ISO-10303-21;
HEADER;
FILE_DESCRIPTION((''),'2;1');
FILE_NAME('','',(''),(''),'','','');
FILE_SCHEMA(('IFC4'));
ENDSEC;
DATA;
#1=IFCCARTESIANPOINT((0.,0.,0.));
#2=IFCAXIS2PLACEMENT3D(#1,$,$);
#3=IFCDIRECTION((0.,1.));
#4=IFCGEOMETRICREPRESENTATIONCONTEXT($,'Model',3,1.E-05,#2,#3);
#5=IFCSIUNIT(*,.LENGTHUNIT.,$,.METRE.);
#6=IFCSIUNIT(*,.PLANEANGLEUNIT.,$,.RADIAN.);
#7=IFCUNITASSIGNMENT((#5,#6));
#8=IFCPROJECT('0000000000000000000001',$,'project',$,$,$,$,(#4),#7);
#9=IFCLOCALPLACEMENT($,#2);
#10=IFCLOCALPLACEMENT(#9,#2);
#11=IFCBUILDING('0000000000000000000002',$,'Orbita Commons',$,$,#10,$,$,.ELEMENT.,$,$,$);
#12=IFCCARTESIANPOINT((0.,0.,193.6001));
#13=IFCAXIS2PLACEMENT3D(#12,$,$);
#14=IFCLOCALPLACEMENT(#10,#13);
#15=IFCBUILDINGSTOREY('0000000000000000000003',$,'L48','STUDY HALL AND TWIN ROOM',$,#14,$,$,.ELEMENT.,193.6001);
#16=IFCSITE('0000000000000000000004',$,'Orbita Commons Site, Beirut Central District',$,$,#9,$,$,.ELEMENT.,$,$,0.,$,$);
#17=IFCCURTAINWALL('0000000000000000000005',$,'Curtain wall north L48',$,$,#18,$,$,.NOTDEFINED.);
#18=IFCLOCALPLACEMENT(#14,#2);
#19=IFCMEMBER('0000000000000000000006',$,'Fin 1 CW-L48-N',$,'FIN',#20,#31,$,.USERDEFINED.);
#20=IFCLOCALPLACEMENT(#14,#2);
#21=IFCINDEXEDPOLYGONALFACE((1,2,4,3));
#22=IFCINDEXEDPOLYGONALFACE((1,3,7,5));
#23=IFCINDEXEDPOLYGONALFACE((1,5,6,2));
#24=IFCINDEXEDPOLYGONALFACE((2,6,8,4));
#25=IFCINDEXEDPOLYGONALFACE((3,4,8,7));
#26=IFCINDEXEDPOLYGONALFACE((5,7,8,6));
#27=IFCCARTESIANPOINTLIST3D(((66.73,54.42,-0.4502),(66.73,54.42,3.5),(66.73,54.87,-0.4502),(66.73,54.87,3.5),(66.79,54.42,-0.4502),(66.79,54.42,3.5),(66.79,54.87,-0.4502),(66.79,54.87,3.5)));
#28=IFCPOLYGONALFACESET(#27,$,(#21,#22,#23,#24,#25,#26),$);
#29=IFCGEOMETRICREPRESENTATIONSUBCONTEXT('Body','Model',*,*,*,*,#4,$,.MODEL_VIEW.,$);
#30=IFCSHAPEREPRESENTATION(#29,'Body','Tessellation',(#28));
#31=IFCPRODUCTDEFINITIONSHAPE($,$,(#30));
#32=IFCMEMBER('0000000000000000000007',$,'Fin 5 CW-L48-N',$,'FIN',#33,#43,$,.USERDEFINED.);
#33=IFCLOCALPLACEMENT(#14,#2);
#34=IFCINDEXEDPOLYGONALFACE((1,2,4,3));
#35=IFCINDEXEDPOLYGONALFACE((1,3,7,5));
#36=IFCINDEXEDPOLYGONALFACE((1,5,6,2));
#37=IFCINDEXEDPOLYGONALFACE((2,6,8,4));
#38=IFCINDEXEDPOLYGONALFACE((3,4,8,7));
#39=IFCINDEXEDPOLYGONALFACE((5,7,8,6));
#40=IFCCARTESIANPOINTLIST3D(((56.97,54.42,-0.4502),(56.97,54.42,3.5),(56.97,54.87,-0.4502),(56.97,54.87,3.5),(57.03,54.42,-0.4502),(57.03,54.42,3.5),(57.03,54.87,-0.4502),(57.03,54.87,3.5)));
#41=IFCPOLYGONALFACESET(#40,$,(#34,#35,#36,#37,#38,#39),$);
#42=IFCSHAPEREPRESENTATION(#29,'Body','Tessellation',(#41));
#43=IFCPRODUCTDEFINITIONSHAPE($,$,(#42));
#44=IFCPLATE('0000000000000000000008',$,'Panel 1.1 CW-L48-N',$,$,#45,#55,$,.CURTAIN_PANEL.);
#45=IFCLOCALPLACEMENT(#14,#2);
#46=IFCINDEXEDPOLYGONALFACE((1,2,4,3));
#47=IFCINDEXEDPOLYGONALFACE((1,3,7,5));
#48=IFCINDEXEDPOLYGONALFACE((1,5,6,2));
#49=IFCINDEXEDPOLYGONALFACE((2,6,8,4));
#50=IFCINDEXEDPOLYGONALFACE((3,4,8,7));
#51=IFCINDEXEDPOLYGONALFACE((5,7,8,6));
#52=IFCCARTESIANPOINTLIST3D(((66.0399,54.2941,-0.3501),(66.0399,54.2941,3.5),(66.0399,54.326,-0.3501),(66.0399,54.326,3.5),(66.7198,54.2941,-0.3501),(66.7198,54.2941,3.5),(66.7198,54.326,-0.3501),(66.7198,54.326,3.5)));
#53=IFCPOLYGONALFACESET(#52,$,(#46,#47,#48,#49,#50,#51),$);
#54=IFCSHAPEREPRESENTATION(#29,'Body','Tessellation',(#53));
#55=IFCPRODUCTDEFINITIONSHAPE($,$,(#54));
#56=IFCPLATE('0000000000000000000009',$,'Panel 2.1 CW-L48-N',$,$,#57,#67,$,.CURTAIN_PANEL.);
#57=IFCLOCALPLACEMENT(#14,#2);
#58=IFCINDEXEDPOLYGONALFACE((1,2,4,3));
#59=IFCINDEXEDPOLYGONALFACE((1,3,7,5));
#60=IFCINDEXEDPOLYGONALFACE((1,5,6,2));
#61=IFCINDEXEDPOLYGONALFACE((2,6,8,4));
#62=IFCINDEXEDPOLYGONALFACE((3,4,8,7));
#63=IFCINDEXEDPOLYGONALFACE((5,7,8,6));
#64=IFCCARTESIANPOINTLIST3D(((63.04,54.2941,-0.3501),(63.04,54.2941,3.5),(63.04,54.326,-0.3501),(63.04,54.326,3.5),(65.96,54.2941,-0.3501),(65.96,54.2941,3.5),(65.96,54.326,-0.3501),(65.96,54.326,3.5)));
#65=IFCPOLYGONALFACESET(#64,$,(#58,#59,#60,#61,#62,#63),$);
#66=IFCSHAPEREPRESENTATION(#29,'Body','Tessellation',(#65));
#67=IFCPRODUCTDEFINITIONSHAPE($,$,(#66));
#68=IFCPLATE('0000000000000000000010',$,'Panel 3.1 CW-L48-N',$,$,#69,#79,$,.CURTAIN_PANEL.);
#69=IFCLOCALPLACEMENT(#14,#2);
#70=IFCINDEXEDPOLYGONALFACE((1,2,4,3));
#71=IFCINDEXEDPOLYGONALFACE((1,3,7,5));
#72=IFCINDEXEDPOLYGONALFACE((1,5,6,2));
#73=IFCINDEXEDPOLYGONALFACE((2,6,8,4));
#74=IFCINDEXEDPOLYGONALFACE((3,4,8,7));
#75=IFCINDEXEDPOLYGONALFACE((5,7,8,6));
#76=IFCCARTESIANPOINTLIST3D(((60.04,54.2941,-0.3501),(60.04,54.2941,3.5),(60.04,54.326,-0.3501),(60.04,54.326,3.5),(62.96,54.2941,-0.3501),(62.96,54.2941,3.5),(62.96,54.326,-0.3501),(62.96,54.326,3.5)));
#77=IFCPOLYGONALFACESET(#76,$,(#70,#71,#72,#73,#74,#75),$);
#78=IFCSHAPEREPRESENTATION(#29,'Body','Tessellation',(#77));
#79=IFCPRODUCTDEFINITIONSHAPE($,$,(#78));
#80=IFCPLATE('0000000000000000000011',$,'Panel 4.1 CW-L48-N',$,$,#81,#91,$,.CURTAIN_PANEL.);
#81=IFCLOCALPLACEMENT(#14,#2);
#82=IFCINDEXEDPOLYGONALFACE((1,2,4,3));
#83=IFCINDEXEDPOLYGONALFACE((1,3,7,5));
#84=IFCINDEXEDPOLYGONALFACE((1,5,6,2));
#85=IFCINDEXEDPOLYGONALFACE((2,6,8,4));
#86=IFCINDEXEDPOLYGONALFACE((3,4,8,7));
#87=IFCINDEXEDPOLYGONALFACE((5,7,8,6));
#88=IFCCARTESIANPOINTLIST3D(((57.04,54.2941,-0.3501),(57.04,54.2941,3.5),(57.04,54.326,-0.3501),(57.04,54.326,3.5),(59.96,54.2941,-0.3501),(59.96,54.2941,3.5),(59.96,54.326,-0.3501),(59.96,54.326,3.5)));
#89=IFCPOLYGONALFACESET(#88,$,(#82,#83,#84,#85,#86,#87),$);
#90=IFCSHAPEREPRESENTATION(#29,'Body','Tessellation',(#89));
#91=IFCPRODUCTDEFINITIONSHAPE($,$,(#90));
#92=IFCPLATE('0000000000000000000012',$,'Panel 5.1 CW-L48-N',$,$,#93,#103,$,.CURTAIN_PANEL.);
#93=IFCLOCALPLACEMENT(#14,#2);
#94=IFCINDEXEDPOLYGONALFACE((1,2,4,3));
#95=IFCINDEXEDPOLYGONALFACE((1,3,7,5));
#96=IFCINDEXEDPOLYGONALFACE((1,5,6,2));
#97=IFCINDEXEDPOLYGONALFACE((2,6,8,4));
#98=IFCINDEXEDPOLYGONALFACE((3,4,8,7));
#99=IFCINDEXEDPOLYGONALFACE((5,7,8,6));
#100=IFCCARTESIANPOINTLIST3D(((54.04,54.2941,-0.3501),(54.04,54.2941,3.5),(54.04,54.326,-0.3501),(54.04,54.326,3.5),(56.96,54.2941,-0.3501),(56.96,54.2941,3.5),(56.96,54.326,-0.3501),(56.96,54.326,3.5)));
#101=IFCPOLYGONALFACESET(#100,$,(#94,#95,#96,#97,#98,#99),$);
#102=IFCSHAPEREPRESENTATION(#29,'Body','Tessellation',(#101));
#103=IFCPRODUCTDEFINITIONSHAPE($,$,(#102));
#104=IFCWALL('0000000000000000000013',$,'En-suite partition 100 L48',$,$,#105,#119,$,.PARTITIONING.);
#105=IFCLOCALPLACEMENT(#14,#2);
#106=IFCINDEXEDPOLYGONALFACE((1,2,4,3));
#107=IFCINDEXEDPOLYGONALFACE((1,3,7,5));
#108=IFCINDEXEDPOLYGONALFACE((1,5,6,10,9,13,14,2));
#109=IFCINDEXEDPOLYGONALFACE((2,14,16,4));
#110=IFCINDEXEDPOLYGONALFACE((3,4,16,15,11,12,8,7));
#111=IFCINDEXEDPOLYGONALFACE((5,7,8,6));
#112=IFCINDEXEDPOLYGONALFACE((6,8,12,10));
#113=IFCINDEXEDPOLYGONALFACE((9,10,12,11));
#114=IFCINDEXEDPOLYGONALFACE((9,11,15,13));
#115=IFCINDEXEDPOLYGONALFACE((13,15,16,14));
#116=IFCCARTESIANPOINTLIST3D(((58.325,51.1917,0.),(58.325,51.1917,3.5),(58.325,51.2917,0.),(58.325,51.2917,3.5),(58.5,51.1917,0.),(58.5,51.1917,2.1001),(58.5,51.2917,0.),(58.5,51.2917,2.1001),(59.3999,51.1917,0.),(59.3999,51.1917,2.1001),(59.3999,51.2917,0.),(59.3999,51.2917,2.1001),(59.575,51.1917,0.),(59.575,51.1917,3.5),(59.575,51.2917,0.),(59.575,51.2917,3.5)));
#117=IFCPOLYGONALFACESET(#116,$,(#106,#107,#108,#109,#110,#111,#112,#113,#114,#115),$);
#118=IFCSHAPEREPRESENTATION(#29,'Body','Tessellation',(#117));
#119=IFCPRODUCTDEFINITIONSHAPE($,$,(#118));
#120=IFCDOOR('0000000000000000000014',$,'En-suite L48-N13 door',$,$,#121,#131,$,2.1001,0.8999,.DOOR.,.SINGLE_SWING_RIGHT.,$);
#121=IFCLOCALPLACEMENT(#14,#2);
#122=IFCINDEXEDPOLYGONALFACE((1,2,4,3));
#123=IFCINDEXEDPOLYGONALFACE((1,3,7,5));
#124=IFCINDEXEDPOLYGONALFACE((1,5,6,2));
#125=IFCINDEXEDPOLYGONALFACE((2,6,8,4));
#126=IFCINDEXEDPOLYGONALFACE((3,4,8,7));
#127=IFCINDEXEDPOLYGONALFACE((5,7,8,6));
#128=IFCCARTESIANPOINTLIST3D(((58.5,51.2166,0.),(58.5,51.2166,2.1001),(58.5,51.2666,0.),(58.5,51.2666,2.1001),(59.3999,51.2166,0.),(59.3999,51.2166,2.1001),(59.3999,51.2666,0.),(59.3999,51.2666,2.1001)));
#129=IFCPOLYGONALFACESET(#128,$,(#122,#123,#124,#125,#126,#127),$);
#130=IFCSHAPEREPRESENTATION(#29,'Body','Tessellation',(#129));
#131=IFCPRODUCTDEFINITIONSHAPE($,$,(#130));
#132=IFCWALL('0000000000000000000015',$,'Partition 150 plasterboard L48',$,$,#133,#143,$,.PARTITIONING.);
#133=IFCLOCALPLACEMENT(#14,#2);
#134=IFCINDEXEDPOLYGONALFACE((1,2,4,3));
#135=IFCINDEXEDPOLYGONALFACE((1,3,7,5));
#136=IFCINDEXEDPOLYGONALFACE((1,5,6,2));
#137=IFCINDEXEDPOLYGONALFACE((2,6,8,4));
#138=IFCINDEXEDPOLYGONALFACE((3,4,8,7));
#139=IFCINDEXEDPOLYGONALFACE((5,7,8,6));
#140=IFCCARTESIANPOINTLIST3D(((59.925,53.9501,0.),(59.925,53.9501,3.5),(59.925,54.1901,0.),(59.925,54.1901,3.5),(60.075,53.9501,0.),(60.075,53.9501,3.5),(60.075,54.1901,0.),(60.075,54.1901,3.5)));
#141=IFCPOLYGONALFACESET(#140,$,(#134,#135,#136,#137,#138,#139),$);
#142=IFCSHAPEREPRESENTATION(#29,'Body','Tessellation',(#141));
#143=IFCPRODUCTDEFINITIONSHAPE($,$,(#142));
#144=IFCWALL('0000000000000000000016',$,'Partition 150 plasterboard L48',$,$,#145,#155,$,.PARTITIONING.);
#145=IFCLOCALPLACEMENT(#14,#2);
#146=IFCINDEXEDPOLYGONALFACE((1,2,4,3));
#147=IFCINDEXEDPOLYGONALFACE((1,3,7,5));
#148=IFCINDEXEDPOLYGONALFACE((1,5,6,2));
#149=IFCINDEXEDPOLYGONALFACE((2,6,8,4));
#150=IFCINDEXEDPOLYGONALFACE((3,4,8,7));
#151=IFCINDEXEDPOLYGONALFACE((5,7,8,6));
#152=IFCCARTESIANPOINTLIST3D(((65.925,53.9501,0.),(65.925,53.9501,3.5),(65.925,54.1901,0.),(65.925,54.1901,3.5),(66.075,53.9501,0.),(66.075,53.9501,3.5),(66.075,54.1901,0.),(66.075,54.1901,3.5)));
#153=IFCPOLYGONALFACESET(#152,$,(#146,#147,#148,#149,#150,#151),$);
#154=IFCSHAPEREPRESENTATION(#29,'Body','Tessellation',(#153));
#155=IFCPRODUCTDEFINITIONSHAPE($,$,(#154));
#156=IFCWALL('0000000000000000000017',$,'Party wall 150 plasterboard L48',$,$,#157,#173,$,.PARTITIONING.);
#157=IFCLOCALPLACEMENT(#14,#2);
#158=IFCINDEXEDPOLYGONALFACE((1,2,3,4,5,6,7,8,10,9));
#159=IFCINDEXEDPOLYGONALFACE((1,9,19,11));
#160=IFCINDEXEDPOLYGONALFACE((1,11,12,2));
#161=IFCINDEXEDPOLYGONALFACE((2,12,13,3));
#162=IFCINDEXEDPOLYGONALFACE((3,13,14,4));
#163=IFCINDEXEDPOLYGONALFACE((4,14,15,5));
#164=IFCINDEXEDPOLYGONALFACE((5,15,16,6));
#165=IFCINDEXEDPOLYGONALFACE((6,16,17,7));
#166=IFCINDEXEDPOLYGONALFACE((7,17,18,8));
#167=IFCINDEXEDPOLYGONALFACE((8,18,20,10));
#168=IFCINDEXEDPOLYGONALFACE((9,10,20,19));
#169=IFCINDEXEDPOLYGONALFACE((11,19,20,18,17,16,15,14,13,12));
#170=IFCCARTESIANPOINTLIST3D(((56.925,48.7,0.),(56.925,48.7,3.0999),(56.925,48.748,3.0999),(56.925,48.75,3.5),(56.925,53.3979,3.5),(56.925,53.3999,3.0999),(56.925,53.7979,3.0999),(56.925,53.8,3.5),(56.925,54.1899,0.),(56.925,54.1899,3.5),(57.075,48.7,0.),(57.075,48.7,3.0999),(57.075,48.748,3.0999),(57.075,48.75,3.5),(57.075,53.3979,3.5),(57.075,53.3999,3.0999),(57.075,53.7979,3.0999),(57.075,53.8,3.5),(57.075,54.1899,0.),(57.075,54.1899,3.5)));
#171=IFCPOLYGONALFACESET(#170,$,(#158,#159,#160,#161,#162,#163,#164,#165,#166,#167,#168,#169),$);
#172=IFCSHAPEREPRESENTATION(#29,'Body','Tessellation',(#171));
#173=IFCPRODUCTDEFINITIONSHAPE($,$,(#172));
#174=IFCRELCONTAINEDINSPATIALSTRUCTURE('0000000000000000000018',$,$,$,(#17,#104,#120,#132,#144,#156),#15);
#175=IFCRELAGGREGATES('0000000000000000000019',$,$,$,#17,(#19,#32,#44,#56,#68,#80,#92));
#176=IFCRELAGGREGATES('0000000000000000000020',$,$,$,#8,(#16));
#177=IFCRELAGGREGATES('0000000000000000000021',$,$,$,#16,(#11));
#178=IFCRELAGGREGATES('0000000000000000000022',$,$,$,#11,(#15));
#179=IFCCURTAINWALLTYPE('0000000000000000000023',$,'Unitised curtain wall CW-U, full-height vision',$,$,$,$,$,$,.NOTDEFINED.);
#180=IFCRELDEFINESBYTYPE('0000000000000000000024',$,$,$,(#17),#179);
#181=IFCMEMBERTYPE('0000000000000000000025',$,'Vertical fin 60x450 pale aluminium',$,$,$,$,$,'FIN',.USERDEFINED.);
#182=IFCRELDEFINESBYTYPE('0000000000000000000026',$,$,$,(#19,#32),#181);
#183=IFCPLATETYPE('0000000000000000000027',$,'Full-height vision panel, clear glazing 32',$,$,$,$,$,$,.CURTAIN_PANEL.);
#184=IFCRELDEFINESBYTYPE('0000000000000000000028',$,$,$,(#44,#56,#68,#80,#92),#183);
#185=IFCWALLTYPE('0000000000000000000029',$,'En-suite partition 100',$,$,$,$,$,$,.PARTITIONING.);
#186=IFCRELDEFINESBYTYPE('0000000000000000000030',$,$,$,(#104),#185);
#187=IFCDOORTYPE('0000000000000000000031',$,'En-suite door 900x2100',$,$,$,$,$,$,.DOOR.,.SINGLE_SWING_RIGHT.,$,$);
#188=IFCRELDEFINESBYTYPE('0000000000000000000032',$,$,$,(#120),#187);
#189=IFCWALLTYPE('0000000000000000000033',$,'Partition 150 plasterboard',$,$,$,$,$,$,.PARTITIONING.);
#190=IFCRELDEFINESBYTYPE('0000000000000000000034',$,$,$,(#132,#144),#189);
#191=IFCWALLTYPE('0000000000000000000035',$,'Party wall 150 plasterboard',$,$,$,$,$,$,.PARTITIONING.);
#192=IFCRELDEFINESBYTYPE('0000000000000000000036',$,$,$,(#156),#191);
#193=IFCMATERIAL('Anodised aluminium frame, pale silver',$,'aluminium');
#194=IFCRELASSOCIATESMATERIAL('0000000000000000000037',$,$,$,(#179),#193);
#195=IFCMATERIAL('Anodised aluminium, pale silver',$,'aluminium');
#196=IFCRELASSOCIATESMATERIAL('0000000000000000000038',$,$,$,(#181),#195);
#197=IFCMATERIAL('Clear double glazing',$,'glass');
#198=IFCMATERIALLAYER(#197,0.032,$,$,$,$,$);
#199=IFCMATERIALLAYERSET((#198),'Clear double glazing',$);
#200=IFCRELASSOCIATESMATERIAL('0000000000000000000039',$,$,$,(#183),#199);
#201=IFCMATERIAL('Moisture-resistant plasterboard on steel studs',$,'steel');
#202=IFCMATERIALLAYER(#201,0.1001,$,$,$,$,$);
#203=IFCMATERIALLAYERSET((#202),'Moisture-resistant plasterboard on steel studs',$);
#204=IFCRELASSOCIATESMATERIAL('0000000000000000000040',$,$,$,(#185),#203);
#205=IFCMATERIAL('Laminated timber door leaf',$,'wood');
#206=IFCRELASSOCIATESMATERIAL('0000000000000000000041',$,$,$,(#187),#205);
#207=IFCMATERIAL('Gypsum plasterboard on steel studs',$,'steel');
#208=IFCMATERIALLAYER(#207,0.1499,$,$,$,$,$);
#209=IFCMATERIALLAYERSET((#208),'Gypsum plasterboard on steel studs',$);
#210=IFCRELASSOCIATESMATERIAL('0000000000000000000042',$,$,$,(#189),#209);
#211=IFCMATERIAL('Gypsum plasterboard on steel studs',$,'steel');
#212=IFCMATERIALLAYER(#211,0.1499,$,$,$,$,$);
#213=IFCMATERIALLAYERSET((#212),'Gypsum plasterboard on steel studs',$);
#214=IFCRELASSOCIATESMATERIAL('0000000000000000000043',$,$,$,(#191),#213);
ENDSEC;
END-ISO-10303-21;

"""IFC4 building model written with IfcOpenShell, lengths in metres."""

from ifc_helpers import new_model, si_unit, direction, frame, frame_2d, origin, origin_2d, place, context, subcontext, project, spatial, polyline, rectangle, outline, extrude, material, layer, layer_set, material_profile, profile_set, type_object, element, fill, aggregate, save


model = new_model("IFC4")

# Units and contexts
model_context = context("Model", 3, precision=1e-05, world=origin(), true_north=direction((0.0, 1.0)))
body_context = subcontext(model_context, "Body", "Model", "MODEL_VIEW")
ifc_project = project(units=[si_unit("LENGTHUNIT", "METRE"), si_unit("PLANEANGLEUNIT", "RADIAN")], contexts=[model_context])

# Site, building, storey
site_placement = place(None, origin())
site = spatial("IfcSite", under=ifc_project, at=site_placement, Name="Orbita Commons Site, Beirut Central District", CompositionType="ELEMENT", RefElevation=0.0)
building_placement = place(site_placement, origin())
building = spatial("IfcBuilding", under=site, at=building_placement, Name="Orbita Commons", CompositionType="ELEMENT")
storey_placement = place(building_placement, frame((0.0, 0.0, 193.6001)))
storey = spatial("IfcBuildingStorey", under=building, at=storey_placement, Name="L48", Description="STUDY HALL AND TWIN ROOM", CompositionType="ELEMENT", Elevation=193.6001)

# Curtain wall
ifc_material_1 = material(Name="Anodised aluminium frame, pale silver", Category="aluminium")
curtain_wall_type = type_object("IfcCurtainWallType", Name="Unitised curtain wall CW-U, full-height vision", PredefinedType="NOTDEFINED", material=ifc_material_1)
curtain_wall_placement = place(storey_placement, origin())
curtain_wall = element("IfcCurtainWall", 1, at=curtain_wall_placement, inside=storey, type_object=curtain_wall_type, Name="Curtain wall north L48", PredefinedType="NOTDEFINED")

# Members
ifc_material_2 = material(Name="Anodised aluminium, pale silver", Category="aluminium")
ifc_material_profile_1 = material_profile(ifc_material_2, rectangle(XDim=0.0601, YDim=0.45, at=origin_2d()), Name="FIN 60x450")
ifc_profile_set_1 = profile_set([ifc_material_profile_1], Name="Anodised aluminium, pale silver")
member_type_1 = type_object("IfcMemberType", Name="Vertical fin 60x450 pale aluminium", ElementType="FIN", PredefinedType="USERDEFINED", material=ifc_profile_set_1)
member_1_placement = place(storey_placement, frame((66.76, 54.645, -0.4502), z_axis=(0.0, 0.0, 1.0), x_axis=(-1.0, 0.0, 0.0)))
member_1 = element("IfcMember", 2, at=member_1_placement, type_object=member_type_1, Name="Fin 1 CW-L48-N", ObjectType="FIN", PredefinedType="USERDEFINED", context=body_context, shape_type="SweptSolid", body=[
    extrude(rectangle(XDim=0.0601, YDim=0.45, at=origin_2d()), origin(), (0.0, 0.0, 1.0), 3.9502),
])
member_2_placement = place(storey_placement, frame((57.0, 54.645, -0.4502), z_axis=(0.0, 0.0, 1.0), x_axis=(-1.0, 0.0, 0.0)))
member_2 = element("IfcMember", 3, at=member_2_placement, type_object=member_type_1, Name="Fin 5 CW-L48-N", ObjectType="FIN", PredefinedType="USERDEFINED", context=body_context, shape_type="SweptSolid", body=[
    extrude(rectangle(XDim=0.0601, YDim=0.45, at=origin_2d()), origin(), (0.0, 0.0, 1.0), 3.9502),
])

# Plates
ifc_material_3 = material(Name="Clear double glazing", Category="glass")
ifc_layer_1 = layer(ifc_material_3, 0.032)
ifc_layer_set_1 = layer_set([ifc_layer_1], Name="Clear double glazing")
plate_type = type_object("IfcPlateType", Name="Full-height vision panel, clear glazing 32", PredefinedType="CURTAIN_PANEL", material=ifc_layer_set_1)
plate_1_placement = place(storey_placement, frame((66.3799, 54.3101, -0.3501), z_axis=(0.0, 0.0, 1.0), x_axis=(-1.0, 0.0, 0.0)))
plate_1 = element("IfcPlate", 4, at=plate_1_placement, type_object=plate_type, Name="Panel 1.1 CW-L48-N", PredefinedType="CURTAIN_PANEL", context=body_context, shape_type="SweptSolid", body=[
    extrude(rectangle(XDim=0.6799, YDim=0.032, at=origin_2d()), origin(), (0.0, 0.0, 1.0), 3.8501),
])
plate_2_placement = place(storey_placement, frame((64.5, 54.3101, -0.3501), z_axis=(0.0, 0.0, 1.0), x_axis=(-1.0, 0.0, 0.0)))
plate_2 = element("IfcPlate", 5, at=plate_2_placement, type_object=plate_type, Name="Panel 2.1 CW-L48-N", PredefinedType="CURTAIN_PANEL", context=body_context, shape_type="SweptSolid", body=[
    extrude(rectangle(XDim=2.9199, YDim=0.032, at=origin_2d()), origin(), (0.0, 0.0, 1.0), 3.8501),
])
plate_3_placement = place(storey_placement, frame((61.5, 54.3101, -0.3501), z_axis=(0.0, 0.0, 1.0), x_axis=(-1.0, 0.0, 0.0)))
plate_3 = element("IfcPlate", 6, at=plate_3_placement, type_object=plate_type, Name="Panel 3.1 CW-L48-N", PredefinedType="CURTAIN_PANEL", context=body_context, shape_type="SweptSolid", body=[
    extrude(rectangle(XDim=2.9199, YDim=0.032, at=origin_2d()), origin(), (0.0, 0.0, 1.0), 3.8501),
])
plate_4_placement = place(storey_placement, frame((58.5, 54.3101, -0.3501), z_axis=(0.0, 0.0, 1.0), x_axis=(-1.0, 0.0, 0.0)))
plate_4 = element("IfcPlate", 7, at=plate_4_placement, type_object=plate_type, Name="Panel 4.1 CW-L48-N", PredefinedType="CURTAIN_PANEL", context=body_context, shape_type="SweptSolid", body=[
    extrude(rectangle(XDim=2.9199, YDim=0.032, at=origin_2d()), origin(), (0.0, 0.0, 1.0), 3.8501),
])
plate_5_placement = place(storey_placement, frame((55.5, 54.3101, -0.3501), z_axis=(0.0, 0.0, 1.0), x_axis=(-1.0, 0.0, 0.0)))
plate_5 = element("IfcPlate", 8, at=plate_5_placement, type_object=plate_type, Name="Panel 5.1 CW-L48-N", PredefinedType="CURTAIN_PANEL", context=body_context, shape_type="SweptSolid", body=[
    extrude(rectangle(XDim=2.9199, YDim=0.032, at=origin_2d()), origin(), (0.0, 0.0, 1.0), 3.8501),
])
aggregate(curtain_wall, [member_1, member_2, plate_1, plate_2, plate_3, plate_4, plate_5])

# Wall, opening, door
ifc_material_4 = material(Name="Moisture-resistant plasterboard on steel studs", Category="steel")
ifc_layer_2 = layer(ifc_material_4, 0.1001)
ifc_layer_set_2 = layer_set([ifc_layer_2], Name="Moisture-resistant plasterboard on steel studs")
wall_type_1 = type_object("IfcWallType", Name="En-suite partition 100", PredefinedType="PARTITIONING", material=ifc_layer_set_2)
wall_1_placement = place(storey_placement, frame((58.325, 51.2417, 0.0), z_axis=(0.0, 0.0, 1.0), x_axis=(1.0, 0.0, 0.0)))
wall_1 = element("IfcWall", 9, at=wall_1_placement, inside=storey, type_object=wall_type_1, Name="En-suite partition 100 L48", PredefinedType="PARTITIONING", context=body_context, shape_type="SweptSolid", body=[
    extrude(rectangle(XDim=1.25, YDim=0.1001, at=frame_2d((0.625, 0.0))), origin(), (0.0, 0.0, 1.0), 3.5),
])
opening_1_placement = place(wall_1_placement, frame((0.175, 0.0, 0.0)))
opening_1 = element("IfcOpeningElement", 10, at=opening_1_placement, cuts=wall_1, PredefinedType="OPENING", context=body_context, shape_type="SweptSolid", body=[
    extrude(rectangle(XDim=0.8999, YDim=2.1001, at=frame_2d((0.45, 1.05))), frame((0.0, 0.0601, 0.0), z_axis=(0.0, -1.0, 0.0), x_axis=(1.0, 0.0, 0.0)), (0.0, 0.0, 1.0), 0.1201),
])
ifc_material_5 = material(Name="Laminated timber door leaf", Category="wood")
door_type = type_object("IfcDoorType", Name="En-suite door 900x2100", OperationType="SINGLE_SWING_RIGHT", PredefinedType="DOOR", material=ifc_material_5)
door_placement = place(opening_1_placement, origin())
door = element("IfcDoor", 11, at=door_placement, inside=storey, type_object=door_type, Name="En-suite L48-N13 door", OperationType="SINGLE_SWING_RIGHT", OverallHeight=2.1001, OverallWidth=0.8999, PredefinedType="DOOR", context=body_context, shape_type="SweptSolid", body=[
    extrude(rectangle(XDim=0.8999, YDim=2.1001, at=frame_2d((0.45, 1.05))), frame((0.0, 0.0249, 0.0), z_axis=(0.0, -1.0, 0.0), x_axis=(1.0, 0.0, 0.0)), (0.0, 0.0, 1.0), 0.05),
])
fill(opening_1, door)

# Walls
ifc_material_6 = material(Name="Gypsum plasterboard on steel studs", Category="steel")
ifc_layer_3 = layer(ifc_material_6, 0.1499)
ifc_layer_set_3 = layer_set([ifc_layer_3], Name="Gypsum plasterboard on steel studs")
wall_type_2 = type_object("IfcWallType", Name="Partition 150 plasterboard", PredefinedType="PARTITIONING", material=ifc_layer_set_3)
for number, where, z_axis, x_axis, name in (
    (12, (60.0, 53.95, 0.0), (0.0, 0.0, 1.0), (0.0, 1.0, 0.0), "Partition 150 plasterboard L48"),
    (13, (66.0, 53.95, 0.0), (0.0, 0.0, 1.0), (0.0, 1.0, 0.0), "Partition 150 plasterboard L48"),
):
    element("IfcWall", number, at=place(storey_placement, frame(where, z_axis=z_axis, x_axis=x_axis)), inside=storey, type_object=wall_type_2, Name=name, PredefinedType="PARTITIONING", context=body_context, shape_type="SweptSolid", body=[
        extrude(rectangle(XDim=0.24, YDim=0.1499, at=frame_2d((0.1201, 0.0))), origin(), (0.0, 0.0, 1.0), 3.5),
    ])
ifc_material_7 = material(Name="Gypsum plasterboard on steel studs", Category="steel")
ifc_layer_4 = layer(ifc_material_7, 0.1499)
ifc_layer_set_4 = layer_set([ifc_layer_4], Name="Gypsum plasterboard on steel studs")
wall_type_3 = type_object("IfcWallType", Name="Party wall 150 plasterboard", PredefinedType="PARTITIONING", material=ifc_layer_set_4)
wall_2_placement = place(storey_placement, frame((57.0, 54.1899, 0.0), z_axis=(0.0, 0.0, 1.0), x_axis=(0.0, -1.0, 0.0)))
element("IfcWall", 14, at=wall_2_placement, inside=storey, type_object=wall_type_3, Name="Party wall 150 plasterboard L48", PredefinedType="PARTITIONING", context=body_context, shape_type="SweptSolid", body=[
    extrude(outline(polyline([(0.0, 0.0), (5.49, 0.0), (5.49, 3.0999), (5.4419, 3.0999), (5.4399, 3.5), (0.792, 3.5), (0.79, 3.0999), (0.3921, 3.0999), (0.3899, 3.5), (0.0, 3.5), (0.0, 0.0)])), frame((0.0, 0.075, 0.0), z_axis=(0.0, -1.0, 0.0), x_axis=(1.0, 0.0, 0.0)), (0.0, 0.0, 1.0), 0.1499),
])

save(model, "model.ifc")
